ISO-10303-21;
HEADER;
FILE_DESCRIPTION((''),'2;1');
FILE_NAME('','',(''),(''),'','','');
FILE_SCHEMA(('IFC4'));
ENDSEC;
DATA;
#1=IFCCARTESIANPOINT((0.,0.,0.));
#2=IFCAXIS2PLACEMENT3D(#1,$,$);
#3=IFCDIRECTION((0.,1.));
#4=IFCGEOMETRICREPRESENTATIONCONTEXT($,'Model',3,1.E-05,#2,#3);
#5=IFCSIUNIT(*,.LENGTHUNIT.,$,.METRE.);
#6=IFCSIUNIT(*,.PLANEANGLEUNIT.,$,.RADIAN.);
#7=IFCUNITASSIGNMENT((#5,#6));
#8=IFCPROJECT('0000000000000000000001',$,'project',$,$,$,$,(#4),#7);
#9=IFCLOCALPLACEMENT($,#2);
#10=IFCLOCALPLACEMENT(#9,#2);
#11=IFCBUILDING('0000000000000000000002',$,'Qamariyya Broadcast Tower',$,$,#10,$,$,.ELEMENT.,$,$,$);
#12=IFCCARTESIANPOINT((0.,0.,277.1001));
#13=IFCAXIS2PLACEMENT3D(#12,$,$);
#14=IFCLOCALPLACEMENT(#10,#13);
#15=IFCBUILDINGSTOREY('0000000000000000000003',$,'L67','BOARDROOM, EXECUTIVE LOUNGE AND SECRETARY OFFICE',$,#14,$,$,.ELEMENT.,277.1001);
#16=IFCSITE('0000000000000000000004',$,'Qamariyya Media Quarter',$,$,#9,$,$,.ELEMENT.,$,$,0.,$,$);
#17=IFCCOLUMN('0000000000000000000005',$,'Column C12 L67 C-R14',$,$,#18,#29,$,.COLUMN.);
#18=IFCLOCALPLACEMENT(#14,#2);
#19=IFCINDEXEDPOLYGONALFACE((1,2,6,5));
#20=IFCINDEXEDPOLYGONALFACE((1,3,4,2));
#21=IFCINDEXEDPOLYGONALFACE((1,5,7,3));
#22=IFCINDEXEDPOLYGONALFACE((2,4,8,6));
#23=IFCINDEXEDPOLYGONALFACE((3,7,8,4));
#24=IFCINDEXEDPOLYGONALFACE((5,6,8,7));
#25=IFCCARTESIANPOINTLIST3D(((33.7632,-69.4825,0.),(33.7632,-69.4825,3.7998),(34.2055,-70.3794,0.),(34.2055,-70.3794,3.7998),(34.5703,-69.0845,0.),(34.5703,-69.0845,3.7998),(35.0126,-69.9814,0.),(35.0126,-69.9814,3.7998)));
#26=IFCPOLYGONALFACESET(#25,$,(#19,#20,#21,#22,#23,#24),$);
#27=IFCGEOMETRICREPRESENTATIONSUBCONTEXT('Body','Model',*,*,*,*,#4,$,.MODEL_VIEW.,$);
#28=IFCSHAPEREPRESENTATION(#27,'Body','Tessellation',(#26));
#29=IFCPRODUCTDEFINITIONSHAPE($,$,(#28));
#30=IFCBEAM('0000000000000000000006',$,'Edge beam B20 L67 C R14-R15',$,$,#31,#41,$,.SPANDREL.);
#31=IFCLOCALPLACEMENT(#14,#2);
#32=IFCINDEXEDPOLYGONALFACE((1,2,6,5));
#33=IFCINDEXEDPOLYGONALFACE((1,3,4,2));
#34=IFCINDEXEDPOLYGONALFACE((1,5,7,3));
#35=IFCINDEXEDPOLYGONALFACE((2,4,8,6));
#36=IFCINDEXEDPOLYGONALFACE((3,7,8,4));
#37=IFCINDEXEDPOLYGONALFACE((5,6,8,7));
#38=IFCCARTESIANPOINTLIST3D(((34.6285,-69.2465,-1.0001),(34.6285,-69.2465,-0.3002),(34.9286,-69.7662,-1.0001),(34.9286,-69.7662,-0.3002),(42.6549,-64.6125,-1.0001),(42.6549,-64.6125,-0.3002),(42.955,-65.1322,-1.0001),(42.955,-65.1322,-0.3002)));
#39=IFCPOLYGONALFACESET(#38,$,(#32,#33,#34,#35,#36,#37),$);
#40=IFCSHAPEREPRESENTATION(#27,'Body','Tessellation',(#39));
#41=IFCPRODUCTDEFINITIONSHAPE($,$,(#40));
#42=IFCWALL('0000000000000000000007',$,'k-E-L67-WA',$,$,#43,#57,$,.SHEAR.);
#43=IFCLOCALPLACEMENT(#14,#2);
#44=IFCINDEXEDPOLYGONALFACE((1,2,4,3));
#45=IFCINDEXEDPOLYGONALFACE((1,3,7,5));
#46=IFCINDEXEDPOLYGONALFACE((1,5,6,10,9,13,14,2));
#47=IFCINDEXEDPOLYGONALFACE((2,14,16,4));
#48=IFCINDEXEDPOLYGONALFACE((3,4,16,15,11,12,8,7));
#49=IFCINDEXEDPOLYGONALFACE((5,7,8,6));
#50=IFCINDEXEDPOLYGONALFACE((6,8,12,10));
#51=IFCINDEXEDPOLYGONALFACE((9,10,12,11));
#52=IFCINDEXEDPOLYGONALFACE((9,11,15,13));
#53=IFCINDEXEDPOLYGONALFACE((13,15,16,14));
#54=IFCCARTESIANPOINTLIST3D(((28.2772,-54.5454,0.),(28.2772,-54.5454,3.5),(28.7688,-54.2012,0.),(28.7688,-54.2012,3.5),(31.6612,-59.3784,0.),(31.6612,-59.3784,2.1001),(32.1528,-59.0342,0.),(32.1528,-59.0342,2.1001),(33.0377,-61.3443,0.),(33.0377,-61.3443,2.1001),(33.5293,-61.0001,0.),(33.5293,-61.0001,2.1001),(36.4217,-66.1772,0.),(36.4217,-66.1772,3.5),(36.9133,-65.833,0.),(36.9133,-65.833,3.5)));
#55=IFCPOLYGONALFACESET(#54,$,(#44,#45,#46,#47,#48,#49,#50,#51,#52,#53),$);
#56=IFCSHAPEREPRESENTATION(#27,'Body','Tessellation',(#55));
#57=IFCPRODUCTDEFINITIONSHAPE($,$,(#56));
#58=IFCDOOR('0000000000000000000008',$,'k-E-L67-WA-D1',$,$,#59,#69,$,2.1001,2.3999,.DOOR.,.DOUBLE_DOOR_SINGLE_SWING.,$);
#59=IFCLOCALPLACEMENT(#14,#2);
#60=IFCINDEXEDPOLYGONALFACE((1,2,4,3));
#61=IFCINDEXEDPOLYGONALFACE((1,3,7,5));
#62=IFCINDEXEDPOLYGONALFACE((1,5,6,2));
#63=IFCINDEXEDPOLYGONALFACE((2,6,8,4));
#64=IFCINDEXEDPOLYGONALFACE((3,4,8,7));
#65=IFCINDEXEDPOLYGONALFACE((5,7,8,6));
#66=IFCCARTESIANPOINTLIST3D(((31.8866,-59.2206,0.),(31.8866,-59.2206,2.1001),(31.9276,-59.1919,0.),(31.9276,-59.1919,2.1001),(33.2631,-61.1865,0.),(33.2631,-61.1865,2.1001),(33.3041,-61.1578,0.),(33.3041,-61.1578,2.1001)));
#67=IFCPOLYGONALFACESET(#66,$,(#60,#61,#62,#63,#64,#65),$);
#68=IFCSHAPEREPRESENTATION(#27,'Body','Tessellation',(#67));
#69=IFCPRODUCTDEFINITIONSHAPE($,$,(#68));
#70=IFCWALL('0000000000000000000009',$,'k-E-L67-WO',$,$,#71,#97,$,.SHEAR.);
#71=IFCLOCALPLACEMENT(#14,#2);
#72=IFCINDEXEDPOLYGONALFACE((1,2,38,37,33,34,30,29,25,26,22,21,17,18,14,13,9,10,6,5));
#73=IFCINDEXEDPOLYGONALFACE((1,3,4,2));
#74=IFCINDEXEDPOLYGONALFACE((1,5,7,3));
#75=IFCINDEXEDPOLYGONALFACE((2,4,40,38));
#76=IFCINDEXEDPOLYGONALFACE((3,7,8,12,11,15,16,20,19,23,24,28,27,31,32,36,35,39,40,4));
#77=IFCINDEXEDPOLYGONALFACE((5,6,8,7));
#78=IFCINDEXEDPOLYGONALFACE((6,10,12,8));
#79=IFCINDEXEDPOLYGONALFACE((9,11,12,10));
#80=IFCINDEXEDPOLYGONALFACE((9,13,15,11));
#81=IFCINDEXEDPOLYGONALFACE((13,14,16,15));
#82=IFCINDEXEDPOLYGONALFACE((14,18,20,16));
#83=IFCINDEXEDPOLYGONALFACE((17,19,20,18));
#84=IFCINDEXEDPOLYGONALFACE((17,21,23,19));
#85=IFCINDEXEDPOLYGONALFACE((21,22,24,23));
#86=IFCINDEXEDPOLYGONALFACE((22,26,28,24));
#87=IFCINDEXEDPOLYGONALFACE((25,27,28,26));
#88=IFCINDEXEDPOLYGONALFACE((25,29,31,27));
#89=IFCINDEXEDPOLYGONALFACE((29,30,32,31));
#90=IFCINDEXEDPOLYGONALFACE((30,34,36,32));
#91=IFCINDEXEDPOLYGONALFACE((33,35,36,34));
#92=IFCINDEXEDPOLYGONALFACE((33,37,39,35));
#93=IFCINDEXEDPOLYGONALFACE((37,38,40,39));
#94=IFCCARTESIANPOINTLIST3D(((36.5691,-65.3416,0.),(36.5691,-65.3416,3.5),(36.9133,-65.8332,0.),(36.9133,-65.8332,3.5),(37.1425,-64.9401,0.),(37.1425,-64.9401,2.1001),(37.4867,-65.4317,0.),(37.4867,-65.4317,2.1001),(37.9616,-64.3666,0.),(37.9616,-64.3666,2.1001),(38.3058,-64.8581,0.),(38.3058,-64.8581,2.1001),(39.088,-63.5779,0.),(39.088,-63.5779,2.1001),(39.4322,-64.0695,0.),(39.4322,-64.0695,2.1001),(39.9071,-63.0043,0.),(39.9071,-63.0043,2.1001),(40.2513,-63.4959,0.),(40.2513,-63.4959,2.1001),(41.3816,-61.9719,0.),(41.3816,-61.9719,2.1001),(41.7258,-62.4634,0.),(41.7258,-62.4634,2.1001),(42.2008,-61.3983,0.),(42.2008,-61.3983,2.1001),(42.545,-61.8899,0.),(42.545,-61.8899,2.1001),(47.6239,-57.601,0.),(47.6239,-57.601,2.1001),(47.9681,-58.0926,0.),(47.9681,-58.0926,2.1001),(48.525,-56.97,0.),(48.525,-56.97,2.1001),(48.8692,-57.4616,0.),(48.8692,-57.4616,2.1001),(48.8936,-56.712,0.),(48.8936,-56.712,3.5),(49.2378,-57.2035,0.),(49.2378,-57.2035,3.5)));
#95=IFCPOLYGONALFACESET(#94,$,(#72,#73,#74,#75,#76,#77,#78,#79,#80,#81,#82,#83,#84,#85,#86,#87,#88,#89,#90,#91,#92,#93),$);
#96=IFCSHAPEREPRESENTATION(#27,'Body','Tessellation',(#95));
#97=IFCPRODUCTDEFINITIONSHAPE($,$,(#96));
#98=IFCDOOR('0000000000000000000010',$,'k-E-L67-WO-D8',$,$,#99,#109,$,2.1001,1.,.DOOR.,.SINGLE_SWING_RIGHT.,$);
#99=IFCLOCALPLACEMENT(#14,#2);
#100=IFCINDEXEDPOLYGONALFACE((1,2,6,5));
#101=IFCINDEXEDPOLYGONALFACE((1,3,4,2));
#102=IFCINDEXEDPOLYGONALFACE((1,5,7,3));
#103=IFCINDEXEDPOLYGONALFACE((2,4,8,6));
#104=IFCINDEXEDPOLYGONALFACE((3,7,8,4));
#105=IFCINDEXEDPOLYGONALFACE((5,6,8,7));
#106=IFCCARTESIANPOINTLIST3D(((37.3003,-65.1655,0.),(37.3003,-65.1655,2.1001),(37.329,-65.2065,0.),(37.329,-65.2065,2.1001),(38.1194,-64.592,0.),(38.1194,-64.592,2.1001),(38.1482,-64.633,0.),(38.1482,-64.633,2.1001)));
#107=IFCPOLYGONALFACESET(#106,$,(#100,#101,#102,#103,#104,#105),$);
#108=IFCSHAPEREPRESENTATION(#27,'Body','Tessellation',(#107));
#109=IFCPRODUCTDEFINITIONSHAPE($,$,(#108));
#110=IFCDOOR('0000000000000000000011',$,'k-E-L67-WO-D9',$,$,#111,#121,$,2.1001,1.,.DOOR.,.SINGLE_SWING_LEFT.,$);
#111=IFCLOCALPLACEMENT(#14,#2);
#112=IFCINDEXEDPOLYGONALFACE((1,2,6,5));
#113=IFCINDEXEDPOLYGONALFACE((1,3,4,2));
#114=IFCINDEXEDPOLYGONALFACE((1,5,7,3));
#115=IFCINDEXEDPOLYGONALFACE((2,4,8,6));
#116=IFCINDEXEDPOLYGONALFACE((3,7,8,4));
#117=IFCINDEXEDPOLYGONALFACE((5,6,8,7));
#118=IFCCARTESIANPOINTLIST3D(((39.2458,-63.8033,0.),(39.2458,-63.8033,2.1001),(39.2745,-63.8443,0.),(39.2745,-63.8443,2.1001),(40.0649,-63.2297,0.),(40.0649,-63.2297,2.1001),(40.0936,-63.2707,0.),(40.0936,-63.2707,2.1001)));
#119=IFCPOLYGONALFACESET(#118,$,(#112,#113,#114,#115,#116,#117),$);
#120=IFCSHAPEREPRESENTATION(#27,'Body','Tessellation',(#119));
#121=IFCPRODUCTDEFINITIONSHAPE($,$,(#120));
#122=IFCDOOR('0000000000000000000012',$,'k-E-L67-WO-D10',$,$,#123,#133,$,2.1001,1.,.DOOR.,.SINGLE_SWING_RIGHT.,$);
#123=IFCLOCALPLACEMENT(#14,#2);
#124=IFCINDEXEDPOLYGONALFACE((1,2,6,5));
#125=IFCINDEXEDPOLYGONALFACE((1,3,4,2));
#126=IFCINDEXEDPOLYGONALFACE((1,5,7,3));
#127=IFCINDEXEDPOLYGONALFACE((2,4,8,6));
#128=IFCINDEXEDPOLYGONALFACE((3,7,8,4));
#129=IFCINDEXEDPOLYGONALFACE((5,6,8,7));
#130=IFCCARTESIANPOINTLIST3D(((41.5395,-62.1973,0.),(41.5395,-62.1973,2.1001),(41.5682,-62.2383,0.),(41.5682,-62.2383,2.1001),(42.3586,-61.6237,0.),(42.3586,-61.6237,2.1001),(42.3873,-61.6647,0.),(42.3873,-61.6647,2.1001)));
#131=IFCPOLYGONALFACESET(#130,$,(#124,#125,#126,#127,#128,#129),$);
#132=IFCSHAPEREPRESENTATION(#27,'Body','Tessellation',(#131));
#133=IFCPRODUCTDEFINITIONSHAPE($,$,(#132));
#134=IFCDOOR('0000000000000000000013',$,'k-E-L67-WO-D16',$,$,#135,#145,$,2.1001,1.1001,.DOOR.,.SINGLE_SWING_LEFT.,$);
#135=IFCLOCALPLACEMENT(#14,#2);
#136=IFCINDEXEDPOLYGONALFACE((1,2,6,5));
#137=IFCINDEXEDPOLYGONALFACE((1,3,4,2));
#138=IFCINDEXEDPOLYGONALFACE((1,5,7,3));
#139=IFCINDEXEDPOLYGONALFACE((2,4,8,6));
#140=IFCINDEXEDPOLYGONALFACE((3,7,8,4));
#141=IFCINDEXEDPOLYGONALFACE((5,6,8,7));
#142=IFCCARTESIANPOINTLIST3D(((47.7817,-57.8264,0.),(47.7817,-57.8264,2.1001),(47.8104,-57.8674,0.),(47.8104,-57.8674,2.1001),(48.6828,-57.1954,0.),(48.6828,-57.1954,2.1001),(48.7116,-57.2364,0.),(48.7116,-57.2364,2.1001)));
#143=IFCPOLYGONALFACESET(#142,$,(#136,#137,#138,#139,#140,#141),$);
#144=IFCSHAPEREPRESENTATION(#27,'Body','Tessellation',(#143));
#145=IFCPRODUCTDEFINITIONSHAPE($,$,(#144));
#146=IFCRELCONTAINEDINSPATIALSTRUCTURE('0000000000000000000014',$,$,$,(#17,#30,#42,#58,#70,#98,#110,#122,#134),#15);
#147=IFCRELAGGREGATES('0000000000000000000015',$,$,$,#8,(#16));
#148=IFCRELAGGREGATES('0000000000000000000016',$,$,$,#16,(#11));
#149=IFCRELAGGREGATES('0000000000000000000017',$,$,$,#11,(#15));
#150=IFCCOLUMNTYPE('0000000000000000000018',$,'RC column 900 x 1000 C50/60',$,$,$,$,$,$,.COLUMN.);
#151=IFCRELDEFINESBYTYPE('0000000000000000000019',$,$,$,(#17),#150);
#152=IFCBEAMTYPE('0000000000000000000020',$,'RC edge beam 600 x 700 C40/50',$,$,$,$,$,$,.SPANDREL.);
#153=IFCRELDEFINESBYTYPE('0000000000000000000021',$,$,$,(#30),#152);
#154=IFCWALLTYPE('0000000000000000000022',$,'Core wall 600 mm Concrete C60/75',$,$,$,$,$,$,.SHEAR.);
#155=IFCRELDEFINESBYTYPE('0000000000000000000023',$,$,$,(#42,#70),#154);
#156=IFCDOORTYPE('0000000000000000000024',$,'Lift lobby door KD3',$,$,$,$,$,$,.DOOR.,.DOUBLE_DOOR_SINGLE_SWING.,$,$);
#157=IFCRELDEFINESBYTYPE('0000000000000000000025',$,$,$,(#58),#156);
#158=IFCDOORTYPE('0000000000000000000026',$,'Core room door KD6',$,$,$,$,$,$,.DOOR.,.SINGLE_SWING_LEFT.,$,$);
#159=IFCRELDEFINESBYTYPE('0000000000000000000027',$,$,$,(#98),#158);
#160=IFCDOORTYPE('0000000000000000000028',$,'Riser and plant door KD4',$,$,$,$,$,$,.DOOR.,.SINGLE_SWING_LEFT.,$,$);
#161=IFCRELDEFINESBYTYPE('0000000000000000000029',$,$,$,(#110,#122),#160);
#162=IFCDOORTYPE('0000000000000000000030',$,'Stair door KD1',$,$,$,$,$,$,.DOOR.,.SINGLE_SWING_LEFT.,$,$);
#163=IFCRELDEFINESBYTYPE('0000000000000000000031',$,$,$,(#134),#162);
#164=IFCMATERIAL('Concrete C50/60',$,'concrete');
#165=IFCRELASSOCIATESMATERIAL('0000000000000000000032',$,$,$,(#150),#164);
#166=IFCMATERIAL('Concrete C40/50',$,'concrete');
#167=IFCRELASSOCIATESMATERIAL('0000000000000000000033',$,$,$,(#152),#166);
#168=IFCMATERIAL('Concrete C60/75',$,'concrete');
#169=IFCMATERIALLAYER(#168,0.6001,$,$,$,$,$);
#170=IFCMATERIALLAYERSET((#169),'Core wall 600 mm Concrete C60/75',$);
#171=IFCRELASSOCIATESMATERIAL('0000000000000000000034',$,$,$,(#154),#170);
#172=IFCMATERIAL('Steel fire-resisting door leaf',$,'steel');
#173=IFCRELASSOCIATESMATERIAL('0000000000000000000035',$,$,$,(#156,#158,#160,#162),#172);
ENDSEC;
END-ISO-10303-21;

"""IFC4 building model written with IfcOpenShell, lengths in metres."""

from ifc_helpers import new_model, si_unit, direction, frame, frame_2d, origin, origin_2d, place, context, subcontext, project, spatial, rectangle, extrude, material, layer, layer_set, material_profile, profile_set, type_object, element, fill, save


model = new_model("IFC4")

# Units and contexts
model_context = context("Model", 3, precision=1e-05, world=origin(), true_north=direction((0.0, 1.0)))
body_context = subcontext(model_context, "Body", "Model", "MODEL_VIEW")
ifc_project = project(units=[si_unit("LENGTHUNIT", "METRE"), si_unit("PLANEANGLEUNIT", "RADIAN")], contexts=[model_context])

# Site, building, storey
site_placement = place(None, origin())
site = spatial("IfcSite", under=ifc_project, at=site_placement, Name="Qamariyya Media Quarter", CompositionType="ELEMENT", RefElevation=0.0)
building_placement = place(site_placement, origin())
building = spatial("IfcBuilding", under=site, at=building_placement, Name="Qamariyya Broadcast Tower", CompositionType="ELEMENT")
storey_placement = place(building_placement, frame((0.0, 0.0, 277.1001)))
storey = spatial("IfcBuildingStorey", under=building, at=storey_placement, Name="L67", Description="BOARDROOM, EXECUTIVE LOUNGE AND SECRETARY OFFICE", CompositionType="ELEMENT", Elevation=277.1001)

# Column
ifc_material_1 = material(Name="Concrete C50/60", Category="concrete")
ifc_material_profile_1 = material_profile(ifc_material_1, rectangle(XDim=0.8999, YDim=1.0, at=origin_2d()))
ifc_profile_set_1 = profile_set([ifc_material_profile_1], Name="Concrete C50/60")
column_type = type_object("IfcColumnType", Name="RC column 900 x 1000 C50/60", PredefinedType="COLUMN", material=ifc_profile_set_1)
column_placement = place(storey_placement, frame((34.3879, -69.7319, 0.0), z_axis=(0.0, 0.0, 1.0), x_axis=(0.896873, 0.442289, 0.0)))
element("IfcColumn", 1, at=column_placement, inside=storey, type_object=column_type, Name="Column C12 L67 C-R14", PredefinedType="COLUMN", context=body_context, shape_type="SweptSolid", body=[
    extrude(rectangle(XDim=0.8999, YDim=1.0, at=origin_2d()), origin(), (0.0, 0.0, 1.0), 3.7998),
])

# Beam
ifc_material_2 = material(Name="Concrete C40/50", Category="concrete")
ifc_material_profile_2 = material_profile(ifc_material_2, rectangle(XDim=0.6001, YDim=0.7, at=origin_2d()))
ifc_profile_set_2 = profile_set([ifc_material_profile_2], Name="Concrete C40/50")
beam_type = type_object("IfcBeamType", Name="RC edge beam 600 x 700 C40/50", PredefinedType="SPANDREL", material=ifc_profile_set_2)
beam_placement = place(storey_placement, frame((34.7786, -69.5063, -0.6501), z_axis=(0.866025, 0.500001, 0.0), x_axis=(-0.500001, 0.866025, 0.0)))
element("IfcBeam", 2, at=beam_placement, inside=storey, type_object=beam_type, Name="Edge beam B20 L67 C R14-R15", PredefinedType="SPANDREL", context=body_context, shape_type="SweptSolid", body=[
    extrude(rectangle(XDim=0.6001, YDim=0.7, at=origin_2d()), origin(), (0.0, 0.0, 1.0), 9.2681),
])

# Wall, opening, door
ifc_material_3 = material(Name="Concrete C60/75", Category="concrete")
ifc_layer_1 = layer(ifc_material_3, 0.6001)
ifc_layer_set_1 = layer_set([ifc_layer_1], Name="Core wall 600 mm Concrete C60/75")
wall_type_1 = type_object("IfcWallType", Name="Core wall 600 mm Concrete C60/75", PredefinedType="SHEAR", material=ifc_layer_set_1)
wall_1_placement = place(storey_placement, frame((36.6675, -66.0051, 0.0), z_axis=(0.0, 0.0, 1.0), x_axis=(-0.573568, 0.819158, 0.0)))
wall_1 = element("IfcWall", 3, at=wall_1_placement, inside=storey, type_object=wall_type_1, Name="k-E-L67-WA", PredefinedType="SHEAR", context=body_context, shape_type="SweptSolid", body=[
    extrude(rectangle(XDim=14.1997, YDim=0.6001, at=frame_2d((7.0999, 0.0))), origin(), (0.0, 0.0, 1.0), 3.5),
])
opening_1_placement = place(wall_1_placement, frame((5.8999, 0.0, 0.0)))
opening_1 = element("IfcOpeningElement", 4, at=opening_1_placement, cuts=wall_1, PredefinedType="OPENING", context=body_context, shape_type="SweptSolid", body=[
    extrude(rectangle(XDim=2.3999, YDim=2.1001, at=frame_2d((1.2, 1.05))), frame((0.0, 0.3101, 0.0), z_axis=(0.0, -1.0, 0.0), x_axis=(1.0, 0.0, 0.0)), (0.0, 0.0, 1.0), 0.6201),
])
ifc_material_4 = material(Name="Steel fire-resisting door leaf", Category="steel")
door_type_1 = type_object("IfcDoorType", Name="Lift lobby door KD3", OperationType="DOUBLE_DOOR_SINGLE_SWING", PredefinedType="DOOR", material=ifc_material_4)
door_1_placement = place(opening_1_placement, origin())
door_1 = element("IfcDoor", 5, at=door_1_placement, inside=storey, type_object=door_type_1, Name="k-E-L67-WA-D1", OperationType="DOUBLE_DOOR_SINGLE_SWING", OverallHeight=2.1001, OverallWidth=2.3999, PredefinedType="DOOR", context=body_context, shape_type="SweptSolid", body=[
    extrude(rectangle(XDim=2.3999, YDim=2.1001, at=frame_2d((1.2, 1.05))), frame((0.0, 0.0249, 0.0), z_axis=(0.0, -1.0, 0.0), x_axis=(1.0, 0.0, 0.0)), (0.0, 0.0, 1.0), 0.05),
])
fill(opening_1, door_1)

# Wall, openings, doors
wall_2_placement = place(storey_placement, frame((36.7412, -65.5874, 0.0), z_axis=(0.0, 0.0, 1.0), x_axis=(0.819153, 0.573575, 0.0)))
wall_2 = element("IfcWall", 6, at=wall_2_placement, inside=storey, type_object=wall_type_1, Name="k-E-L67-WO", PredefinedType="SHEAR", context=body_context, shape_type="SweptSolid", body=[
    extrude(rectangle(XDim=15.0454, YDim=0.6001, at=frame_2d((7.5227, 0.0))), origin(), (0.0, 0.0, 1.0), 3.5),
])
opening_2_placement = place(wall_2_placement, frame((0.7, 0.0, 0.0)))
opening_2 = element("IfcOpeningElement", 7, at=opening_2_placement, cuts=wall_2, PredefinedType="OPENING", context=body_context, shape_type="SweptSolid", body=[
    extrude(rectangle(XDim=1.0, YDim=2.1001, at=frame_2d((0.5, 1.05))), frame((0.0, 0.3101, 0.0), z_axis=(0.0, -1.0, 0.0), x_axis=(1.0, 0.0, 0.0)), (0.0, 0.0, 1.0), 0.6201),
])
opening_3_placement = place(wall_2_placement, frame((3.075, 0.0, 0.0)))
opening_3 = element("IfcOpeningElement", 8, at=opening_3_placement, cuts=wall_2, PredefinedType="OPENING", context=body_context, shape_type="SweptSolid", body=[
    extrude(rectangle(XDim=1.0, YDim=2.1001, at=frame_2d((0.5, 1.05))), frame((0.0, 0.3101, 0.0), z_axis=(0.0, -1.0, 0.0), x_axis=(1.0, 0.0, 0.0)), (0.0, 0.0, 1.0), 0.6201),
])
opening_4_placement = place(wall_2_placement, frame((5.875, 0.0, 0.0)))
opening_4 = element("IfcOpeningElement", 9, at=opening_4_placement, cuts=wall_2, PredefinedType="OPENING", context=body_context, shape_type="SweptSolid", body=[
    extrude(rectangle(XDim=1.0, YDim=2.1001, at=frame_2d((0.5, 1.05))), frame((0.0, 0.3101, 0.0), z_axis=(0.0, -1.0, 0.0), x_axis=(1.0, 0.0, 0.0)), (0.0, 0.0, 1.0), 0.6201),
])
opening_5_placement = place(wall_2_placement, frame((13.4954, 0.0, 0.0)))
opening_5 = element("IfcOpeningElement", 10, at=opening_5_placement, cuts=wall_2, PredefinedType="OPENING", context=body_context, shape_type="SweptSolid", body=[
    extrude(rectangle(XDim=1.1001, YDim=2.1001, at=frame_2d((0.55, 1.05))), frame((0.0, 0.3101, 0.0), z_axis=(0.0, -1.0, 0.0), x_axis=(1.0, 0.0, 0.0)), (0.0, 0.0, 1.0), 0.6201),
])
door_type_2 = type_object("IfcDoorType", Name="Core room door KD6", OperationType="SINGLE_SWING_LEFT", PredefinedType="DOOR", material=ifc_material_4)
door_2_placement = place(opening_2_placement, origin())
door_2 = element("IfcDoor", 11, at=door_2_placement, inside=storey, type_object=door_type_2, Name="k-E-L67-WO-D8", OperationType="SINGLE_SWING_RIGHT", OverallHeight=2.1001, OverallWidth=1.0, PredefinedType="DOOR", context=body_context, shape_type="SweptSolid", body=[
    extrude(rectangle(XDim=1.0, YDim=2.1001, at=frame_2d((0.5, 1.05))), frame((0.0, 0.0249, 0.0), z_axis=(0.0, -1.0, 0.0), x_axis=(1.0, 0.0, 0.0)), (0.0, 0.0, 1.0), 0.05),
])
fill(opening_2, door_2)
door_type_3 = type_object("IfcDoorType", Name="Riser and plant door KD4", OperationType="SINGLE_SWING_LEFT", PredefinedType="DOOR", material=ifc_material_4)
door_3_placement = place(opening_3_placement, origin())
door_3 = element("IfcDoor", 12, at=door_3_placement, inside=storey, type_object=door_type_3, Name="k-E-L67-WO-D9", OperationType="SINGLE_SWING_LEFT", OverallHeight=2.1001, OverallWidth=1.0, PredefinedType="DOOR", context=body_context, shape_type="SweptSolid", body=[
    extrude(rectangle(XDim=1.0, YDim=2.1001, at=frame_2d((0.5, 1.05))), frame((0.0, 0.0249, 0.0), z_axis=(0.0, -1.0, 0.0), x_axis=(1.0, 0.0, 0.0)), (0.0, 0.0, 1.0), 0.05),
])
fill(opening_3, door_3)
door_4_placement = place(opening_4_placement, origin())
door_4 = element("IfcDoor", 13, at=door_4_placement, inside=storey, type_object=door_type_3, Name="k-E-L67-WO-D10", OperationType="SINGLE_SWING_RIGHT", OverallHeight=2.1001, OverallWidth=1.0, PredefinedType="DOOR", context=body_context, shape_type="SweptSolid", body=[
    extrude(rectangle(XDim=1.0, YDim=2.1001, at=frame_2d((0.5, 1.05))), frame((0.0, 0.0249, 0.0), z_axis=(0.0, -1.0, 0.0), x_axis=(1.0, 0.0, 0.0)), (0.0, 0.0, 1.0), 0.05),
])
fill(opening_4, door_4)
door_type_4 = type_object("IfcDoorType", Name="Stair door KD1", OperationType="SINGLE_SWING_LEFT", PredefinedType="DOOR", material=ifc_material_4)
door_5_placement = place(opening_5_placement, origin())
door_5 = element("IfcDoor", 14, at=door_5_placement, inside=storey, type_object=door_type_4, Name="k-E-L67-WO-D16", OperationType="SINGLE_SWING_LEFT", OverallHeight=2.1001, OverallWidth=1.1001, PredefinedType="DOOR", context=body_context, shape_type="SweptSolid", body=[
    extrude(rectangle(XDim=1.1001, YDim=2.1001, at=frame_2d((0.55, 1.05))), frame((0.0, 0.0249, 0.0), z_axis=(0.0, -1.0, 0.0), x_axis=(1.0, 0.0, 0.0)), (0.0, 0.0, 1.0), 0.05),
])
fill(opening_5, door_5)

save(model, "model.ifc")
